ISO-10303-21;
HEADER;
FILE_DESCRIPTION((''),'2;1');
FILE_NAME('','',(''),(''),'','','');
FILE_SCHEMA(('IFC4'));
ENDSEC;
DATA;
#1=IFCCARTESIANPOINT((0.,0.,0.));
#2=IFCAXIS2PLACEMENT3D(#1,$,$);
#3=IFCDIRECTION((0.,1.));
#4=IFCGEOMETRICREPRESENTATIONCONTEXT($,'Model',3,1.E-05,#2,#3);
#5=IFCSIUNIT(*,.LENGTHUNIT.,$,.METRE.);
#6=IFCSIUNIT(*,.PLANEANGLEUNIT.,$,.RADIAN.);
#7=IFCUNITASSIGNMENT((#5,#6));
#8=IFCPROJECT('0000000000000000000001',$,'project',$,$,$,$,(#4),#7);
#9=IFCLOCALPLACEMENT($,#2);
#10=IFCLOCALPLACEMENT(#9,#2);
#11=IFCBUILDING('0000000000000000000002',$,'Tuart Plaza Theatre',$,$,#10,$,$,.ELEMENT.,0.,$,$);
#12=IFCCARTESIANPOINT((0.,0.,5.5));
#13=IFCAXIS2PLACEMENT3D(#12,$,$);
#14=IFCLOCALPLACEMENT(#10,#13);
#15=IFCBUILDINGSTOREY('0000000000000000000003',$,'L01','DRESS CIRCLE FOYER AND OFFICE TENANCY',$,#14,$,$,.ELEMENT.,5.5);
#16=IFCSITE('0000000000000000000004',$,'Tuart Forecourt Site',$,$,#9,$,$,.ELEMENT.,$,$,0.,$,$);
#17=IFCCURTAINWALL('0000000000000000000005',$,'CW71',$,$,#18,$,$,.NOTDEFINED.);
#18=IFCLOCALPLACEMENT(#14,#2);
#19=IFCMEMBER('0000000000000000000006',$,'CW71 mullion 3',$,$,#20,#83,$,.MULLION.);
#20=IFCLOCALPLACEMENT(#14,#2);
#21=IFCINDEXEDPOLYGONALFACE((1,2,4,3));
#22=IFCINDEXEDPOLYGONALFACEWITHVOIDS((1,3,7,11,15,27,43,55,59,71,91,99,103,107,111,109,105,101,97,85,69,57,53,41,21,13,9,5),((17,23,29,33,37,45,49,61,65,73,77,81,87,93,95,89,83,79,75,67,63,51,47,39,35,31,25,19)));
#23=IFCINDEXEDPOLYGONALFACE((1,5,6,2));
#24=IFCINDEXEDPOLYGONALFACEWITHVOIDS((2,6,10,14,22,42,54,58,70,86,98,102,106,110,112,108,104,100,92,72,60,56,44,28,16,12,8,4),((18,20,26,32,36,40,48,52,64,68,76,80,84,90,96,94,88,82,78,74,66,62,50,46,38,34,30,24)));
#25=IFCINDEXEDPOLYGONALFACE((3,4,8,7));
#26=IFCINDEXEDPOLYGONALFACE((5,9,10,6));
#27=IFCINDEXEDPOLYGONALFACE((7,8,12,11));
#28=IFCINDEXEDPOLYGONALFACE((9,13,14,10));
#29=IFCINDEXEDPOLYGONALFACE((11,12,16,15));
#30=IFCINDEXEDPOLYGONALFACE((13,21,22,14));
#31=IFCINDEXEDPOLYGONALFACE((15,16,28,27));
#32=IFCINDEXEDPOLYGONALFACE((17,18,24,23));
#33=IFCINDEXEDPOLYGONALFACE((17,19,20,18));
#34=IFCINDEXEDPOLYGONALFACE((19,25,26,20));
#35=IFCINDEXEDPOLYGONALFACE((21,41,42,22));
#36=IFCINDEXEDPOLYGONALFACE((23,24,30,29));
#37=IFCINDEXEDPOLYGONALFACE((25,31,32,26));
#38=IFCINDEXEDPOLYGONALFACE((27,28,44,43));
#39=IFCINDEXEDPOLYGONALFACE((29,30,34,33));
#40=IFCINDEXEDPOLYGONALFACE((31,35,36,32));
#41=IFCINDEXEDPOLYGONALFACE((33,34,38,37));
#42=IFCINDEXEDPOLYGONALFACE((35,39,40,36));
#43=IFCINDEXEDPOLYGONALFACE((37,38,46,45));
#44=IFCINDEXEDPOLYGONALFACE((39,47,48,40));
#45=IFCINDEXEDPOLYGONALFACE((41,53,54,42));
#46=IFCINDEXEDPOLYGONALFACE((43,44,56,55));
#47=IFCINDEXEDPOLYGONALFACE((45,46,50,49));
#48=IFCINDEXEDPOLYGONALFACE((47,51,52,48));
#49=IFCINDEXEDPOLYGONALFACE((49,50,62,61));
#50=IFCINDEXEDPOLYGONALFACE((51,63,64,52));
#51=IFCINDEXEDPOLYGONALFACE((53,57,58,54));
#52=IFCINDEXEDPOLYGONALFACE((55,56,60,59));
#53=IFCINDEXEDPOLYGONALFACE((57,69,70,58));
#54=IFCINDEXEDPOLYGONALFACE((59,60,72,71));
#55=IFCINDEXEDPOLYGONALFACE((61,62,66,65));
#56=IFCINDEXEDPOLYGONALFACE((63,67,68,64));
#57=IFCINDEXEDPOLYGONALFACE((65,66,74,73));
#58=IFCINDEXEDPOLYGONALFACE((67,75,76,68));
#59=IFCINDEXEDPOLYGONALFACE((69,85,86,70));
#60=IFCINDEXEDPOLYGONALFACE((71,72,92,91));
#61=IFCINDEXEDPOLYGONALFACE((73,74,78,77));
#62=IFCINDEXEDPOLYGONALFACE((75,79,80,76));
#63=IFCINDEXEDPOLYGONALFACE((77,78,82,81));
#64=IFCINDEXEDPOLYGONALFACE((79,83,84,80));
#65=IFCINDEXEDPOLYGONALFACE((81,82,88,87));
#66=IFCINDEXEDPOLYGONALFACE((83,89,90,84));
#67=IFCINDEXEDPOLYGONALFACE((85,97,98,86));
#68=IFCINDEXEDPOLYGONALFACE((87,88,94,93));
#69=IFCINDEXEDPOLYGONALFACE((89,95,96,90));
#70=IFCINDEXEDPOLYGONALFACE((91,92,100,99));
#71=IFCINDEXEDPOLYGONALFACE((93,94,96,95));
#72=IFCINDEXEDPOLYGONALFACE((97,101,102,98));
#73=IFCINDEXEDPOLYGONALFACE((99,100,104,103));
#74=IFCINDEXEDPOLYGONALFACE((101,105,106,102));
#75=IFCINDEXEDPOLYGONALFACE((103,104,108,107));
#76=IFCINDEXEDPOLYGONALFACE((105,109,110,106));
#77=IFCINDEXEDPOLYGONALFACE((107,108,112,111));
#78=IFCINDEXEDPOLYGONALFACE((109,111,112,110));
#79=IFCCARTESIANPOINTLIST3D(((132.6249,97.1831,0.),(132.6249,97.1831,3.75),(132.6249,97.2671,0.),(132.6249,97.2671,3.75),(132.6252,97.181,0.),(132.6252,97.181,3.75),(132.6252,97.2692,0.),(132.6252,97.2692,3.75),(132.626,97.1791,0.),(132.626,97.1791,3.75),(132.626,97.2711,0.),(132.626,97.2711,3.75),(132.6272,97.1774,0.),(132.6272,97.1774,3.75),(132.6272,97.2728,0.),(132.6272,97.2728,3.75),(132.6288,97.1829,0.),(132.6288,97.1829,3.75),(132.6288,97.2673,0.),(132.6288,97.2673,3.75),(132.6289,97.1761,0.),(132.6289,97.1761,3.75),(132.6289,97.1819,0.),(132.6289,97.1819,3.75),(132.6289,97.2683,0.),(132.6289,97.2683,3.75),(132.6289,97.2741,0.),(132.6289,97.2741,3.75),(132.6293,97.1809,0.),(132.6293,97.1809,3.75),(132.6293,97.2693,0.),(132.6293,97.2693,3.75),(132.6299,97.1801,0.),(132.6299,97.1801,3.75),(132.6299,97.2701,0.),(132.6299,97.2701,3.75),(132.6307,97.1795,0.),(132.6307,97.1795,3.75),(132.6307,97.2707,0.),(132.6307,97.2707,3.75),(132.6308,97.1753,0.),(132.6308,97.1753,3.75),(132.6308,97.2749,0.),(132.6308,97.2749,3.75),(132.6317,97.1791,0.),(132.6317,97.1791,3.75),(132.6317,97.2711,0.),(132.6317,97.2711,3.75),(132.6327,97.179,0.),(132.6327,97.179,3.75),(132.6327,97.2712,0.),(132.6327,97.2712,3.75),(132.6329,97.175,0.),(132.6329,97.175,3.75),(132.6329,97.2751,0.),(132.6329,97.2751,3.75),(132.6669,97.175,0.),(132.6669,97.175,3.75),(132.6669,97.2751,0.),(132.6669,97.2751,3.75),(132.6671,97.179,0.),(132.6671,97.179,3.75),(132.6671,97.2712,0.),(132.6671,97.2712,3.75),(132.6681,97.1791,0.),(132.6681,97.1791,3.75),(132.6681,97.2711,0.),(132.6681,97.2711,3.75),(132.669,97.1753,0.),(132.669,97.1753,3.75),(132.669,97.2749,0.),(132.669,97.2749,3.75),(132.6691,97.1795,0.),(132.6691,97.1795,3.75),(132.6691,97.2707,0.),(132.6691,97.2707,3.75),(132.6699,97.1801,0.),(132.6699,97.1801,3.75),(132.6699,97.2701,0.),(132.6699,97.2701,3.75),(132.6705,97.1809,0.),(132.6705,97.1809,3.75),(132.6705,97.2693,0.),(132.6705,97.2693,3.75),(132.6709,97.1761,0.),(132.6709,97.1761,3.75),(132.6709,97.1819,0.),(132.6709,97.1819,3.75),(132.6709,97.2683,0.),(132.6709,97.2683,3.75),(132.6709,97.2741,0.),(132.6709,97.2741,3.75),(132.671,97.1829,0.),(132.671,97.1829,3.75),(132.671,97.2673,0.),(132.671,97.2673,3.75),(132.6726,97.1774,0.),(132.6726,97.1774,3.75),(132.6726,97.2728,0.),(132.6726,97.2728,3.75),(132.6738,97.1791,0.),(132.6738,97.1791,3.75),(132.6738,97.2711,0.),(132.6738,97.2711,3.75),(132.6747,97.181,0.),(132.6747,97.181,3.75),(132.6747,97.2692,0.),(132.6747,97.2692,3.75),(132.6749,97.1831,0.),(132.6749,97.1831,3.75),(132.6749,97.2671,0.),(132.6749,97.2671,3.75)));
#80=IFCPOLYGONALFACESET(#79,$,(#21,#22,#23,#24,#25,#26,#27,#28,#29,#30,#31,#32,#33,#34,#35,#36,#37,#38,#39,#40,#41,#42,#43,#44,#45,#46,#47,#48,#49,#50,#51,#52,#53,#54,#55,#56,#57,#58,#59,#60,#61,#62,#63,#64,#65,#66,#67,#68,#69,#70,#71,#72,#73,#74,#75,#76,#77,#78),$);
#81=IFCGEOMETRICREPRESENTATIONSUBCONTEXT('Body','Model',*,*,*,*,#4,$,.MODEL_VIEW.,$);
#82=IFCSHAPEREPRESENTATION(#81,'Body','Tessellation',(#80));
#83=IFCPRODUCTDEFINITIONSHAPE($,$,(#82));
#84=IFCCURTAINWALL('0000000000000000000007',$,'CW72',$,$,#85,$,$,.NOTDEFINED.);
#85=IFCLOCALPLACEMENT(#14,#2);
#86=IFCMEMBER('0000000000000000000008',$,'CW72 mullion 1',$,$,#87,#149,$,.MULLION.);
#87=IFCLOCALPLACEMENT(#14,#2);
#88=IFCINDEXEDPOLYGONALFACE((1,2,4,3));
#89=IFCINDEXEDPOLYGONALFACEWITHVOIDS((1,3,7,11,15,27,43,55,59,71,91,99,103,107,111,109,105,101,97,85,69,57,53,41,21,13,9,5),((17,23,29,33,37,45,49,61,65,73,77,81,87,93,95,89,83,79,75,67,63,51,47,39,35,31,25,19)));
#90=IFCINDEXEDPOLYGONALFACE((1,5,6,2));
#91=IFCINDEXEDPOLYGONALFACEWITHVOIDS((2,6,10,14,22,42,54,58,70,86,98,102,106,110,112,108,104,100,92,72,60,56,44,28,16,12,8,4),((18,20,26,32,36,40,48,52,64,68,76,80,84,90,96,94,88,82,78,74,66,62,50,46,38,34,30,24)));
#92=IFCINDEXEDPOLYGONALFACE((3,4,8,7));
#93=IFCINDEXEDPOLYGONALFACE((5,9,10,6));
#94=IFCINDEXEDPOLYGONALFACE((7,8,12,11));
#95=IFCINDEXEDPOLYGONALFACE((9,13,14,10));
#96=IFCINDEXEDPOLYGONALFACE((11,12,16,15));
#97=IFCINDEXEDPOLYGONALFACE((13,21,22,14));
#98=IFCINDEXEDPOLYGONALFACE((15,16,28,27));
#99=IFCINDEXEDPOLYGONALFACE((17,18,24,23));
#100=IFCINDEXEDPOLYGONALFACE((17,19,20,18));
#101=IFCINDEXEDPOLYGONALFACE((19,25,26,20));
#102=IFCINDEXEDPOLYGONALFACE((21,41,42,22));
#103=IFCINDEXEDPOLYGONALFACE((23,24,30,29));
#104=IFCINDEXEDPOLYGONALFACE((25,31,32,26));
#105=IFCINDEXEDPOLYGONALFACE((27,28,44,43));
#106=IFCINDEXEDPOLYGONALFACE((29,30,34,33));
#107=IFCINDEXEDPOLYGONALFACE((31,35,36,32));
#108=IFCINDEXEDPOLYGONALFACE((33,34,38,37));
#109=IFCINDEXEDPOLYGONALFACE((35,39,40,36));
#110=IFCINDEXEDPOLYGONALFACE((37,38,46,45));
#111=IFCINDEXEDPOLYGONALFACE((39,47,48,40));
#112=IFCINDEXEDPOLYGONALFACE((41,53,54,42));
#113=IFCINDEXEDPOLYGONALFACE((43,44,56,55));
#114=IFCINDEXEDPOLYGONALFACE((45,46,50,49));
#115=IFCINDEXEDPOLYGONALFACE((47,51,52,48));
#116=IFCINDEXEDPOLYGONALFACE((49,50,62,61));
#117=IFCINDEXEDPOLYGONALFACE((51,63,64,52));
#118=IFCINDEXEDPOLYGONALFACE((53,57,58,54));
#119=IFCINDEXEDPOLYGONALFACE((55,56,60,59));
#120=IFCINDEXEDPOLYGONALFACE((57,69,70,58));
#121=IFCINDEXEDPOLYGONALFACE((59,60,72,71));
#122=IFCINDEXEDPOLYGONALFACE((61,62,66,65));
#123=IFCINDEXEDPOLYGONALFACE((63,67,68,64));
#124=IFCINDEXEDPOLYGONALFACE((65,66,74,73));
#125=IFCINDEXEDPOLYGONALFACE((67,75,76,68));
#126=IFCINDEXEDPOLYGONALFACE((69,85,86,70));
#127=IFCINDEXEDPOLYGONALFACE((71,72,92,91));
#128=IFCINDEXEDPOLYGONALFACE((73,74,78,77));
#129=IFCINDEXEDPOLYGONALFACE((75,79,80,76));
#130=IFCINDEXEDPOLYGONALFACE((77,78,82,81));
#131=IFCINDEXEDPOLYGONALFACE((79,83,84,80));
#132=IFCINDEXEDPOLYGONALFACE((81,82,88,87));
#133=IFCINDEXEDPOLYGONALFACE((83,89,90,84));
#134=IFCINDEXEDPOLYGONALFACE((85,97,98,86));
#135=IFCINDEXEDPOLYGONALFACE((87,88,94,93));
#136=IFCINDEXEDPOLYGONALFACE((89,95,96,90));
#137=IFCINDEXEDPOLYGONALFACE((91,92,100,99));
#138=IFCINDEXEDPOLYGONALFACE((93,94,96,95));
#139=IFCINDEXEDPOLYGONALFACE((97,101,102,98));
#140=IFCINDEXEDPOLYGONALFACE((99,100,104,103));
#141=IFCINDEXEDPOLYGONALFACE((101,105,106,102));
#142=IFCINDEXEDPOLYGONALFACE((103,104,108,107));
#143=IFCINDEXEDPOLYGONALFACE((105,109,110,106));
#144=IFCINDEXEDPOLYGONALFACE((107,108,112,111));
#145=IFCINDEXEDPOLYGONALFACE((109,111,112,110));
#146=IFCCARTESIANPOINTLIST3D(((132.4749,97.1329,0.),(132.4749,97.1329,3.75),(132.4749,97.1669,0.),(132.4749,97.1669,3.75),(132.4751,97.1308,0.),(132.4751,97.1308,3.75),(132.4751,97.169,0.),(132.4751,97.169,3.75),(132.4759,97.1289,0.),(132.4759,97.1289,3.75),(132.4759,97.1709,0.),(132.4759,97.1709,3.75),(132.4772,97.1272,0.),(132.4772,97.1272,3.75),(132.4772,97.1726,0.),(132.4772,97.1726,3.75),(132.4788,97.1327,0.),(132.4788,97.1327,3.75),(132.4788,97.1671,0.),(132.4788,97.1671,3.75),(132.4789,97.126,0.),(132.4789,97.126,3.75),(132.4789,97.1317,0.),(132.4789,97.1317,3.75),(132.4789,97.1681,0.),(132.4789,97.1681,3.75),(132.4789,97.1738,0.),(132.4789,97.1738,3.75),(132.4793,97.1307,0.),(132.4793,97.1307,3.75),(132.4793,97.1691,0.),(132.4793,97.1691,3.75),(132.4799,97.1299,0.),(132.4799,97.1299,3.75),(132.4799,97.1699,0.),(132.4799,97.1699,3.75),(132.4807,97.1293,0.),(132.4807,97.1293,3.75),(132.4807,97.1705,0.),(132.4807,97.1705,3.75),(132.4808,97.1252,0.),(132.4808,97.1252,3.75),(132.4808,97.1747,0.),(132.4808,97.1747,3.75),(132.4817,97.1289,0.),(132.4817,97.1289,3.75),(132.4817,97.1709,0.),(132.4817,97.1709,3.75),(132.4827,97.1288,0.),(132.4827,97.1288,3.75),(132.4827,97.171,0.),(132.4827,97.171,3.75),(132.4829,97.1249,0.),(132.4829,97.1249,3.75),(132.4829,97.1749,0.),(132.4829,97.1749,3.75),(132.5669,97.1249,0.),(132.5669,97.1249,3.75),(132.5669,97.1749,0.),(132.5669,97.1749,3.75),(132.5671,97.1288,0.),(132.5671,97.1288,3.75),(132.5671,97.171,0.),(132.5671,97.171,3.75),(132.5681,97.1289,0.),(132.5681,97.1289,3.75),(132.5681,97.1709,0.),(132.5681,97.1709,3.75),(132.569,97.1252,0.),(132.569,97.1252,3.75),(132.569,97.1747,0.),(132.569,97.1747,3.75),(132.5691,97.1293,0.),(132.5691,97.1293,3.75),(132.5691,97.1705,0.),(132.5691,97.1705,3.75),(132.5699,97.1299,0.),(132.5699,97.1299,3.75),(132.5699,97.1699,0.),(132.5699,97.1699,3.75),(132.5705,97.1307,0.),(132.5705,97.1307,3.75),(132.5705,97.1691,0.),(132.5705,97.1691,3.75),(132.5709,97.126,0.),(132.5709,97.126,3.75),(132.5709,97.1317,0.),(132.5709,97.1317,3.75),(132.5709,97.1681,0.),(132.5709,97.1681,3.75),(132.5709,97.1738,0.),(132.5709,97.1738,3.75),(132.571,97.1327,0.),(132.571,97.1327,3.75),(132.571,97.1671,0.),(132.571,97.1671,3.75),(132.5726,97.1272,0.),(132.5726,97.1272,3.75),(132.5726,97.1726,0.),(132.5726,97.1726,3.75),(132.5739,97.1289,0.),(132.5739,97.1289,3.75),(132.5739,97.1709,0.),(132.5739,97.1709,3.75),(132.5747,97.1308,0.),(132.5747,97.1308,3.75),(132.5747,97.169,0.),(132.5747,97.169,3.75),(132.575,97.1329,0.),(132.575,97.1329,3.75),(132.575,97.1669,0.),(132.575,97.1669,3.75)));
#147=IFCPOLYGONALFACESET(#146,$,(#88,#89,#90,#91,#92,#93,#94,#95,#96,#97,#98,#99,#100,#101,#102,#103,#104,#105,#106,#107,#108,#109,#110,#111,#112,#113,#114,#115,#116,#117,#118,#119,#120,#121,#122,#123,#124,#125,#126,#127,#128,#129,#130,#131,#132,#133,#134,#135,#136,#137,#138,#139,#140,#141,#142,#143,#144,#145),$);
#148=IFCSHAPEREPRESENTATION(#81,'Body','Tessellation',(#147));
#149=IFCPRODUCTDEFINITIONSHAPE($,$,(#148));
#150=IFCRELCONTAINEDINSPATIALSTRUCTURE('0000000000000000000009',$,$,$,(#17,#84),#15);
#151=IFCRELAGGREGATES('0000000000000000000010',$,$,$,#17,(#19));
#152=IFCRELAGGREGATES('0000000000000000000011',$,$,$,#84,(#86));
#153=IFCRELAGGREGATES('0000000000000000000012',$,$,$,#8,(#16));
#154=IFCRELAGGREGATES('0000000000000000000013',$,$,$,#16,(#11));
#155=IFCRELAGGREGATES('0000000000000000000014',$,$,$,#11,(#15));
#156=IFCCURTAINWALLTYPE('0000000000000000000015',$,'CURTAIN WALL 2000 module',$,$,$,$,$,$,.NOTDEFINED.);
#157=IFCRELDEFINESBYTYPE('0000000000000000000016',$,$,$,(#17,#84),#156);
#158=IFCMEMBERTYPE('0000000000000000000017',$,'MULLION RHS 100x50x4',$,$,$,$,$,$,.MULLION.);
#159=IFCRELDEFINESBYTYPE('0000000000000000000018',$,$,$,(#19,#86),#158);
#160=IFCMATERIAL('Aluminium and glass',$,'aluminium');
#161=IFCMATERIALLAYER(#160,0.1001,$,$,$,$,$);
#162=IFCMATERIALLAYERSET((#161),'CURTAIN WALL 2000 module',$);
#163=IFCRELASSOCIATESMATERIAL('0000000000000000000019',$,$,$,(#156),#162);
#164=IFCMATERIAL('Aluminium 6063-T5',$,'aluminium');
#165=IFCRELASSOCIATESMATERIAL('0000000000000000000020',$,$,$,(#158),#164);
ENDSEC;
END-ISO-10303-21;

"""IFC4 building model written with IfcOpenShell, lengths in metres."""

from ifc_helpers import new_model, si_unit, direction, frame, origin, origin_2d, place, context, subcontext, project, spatial, hollow_rectangle, extrude, material, layer, layer_set, material_profile, profile_set, type_object, element, aggregate, save


model = new_model("IFC4")

# Units and contexts
model_context = context("Model", 3, precision=1e-05, world=origin(), true_north=direction((0.0, 1.0)))
body_context = subcontext(model_context, "Body", "Model", "MODEL_VIEW")
ifc_project = project(units=[si_unit("LENGTHUNIT", "METRE"), si_unit("PLANEANGLEUNIT", "RADIAN")], contexts=[model_context])

# Site, building, storey
site_placement = place(None, origin())
site = spatial("IfcSite", under=ifc_project, at=site_placement, Name="Tuart Forecourt Site", CompositionType="ELEMENT", RefElevation=0.0)
building_placement = place(site_placement, origin())
building = spatial("IfcBuilding", under=site, at=building_placement, Name="Tuart Plaza Theatre", CompositionType="ELEMENT", ElevationOfRefHeight=0.0)
storey_placement = place(building_placement, frame((0.0, 0.0, 5.5)))
storey = spatial("IfcBuildingStorey", under=building, at=storey_placement, Name="L01", Description="DRESS CIRCLE FOYER AND OFFICE TENANCY", CompositionType="ELEMENT", Elevation=5.5)

# Curtain wall, member
ifc_material_1 = material(Name="Aluminium and glass", Category="aluminium")
ifc_layer_1 = layer(ifc_material_1, 0.1001)
ifc_layer_set_1 = layer_set([ifc_layer_1], Name="CURTAIN WALL 2000 module")
curtain_wall_type = type_object("IfcCurtainWallType", Name="CURTAIN WALL 2000 module", PredefinedType="NOTDEFINED", material=ifc_layer_set_1)
curtain_wall_1_placement = place(storey_placement, origin())
curtain_wall_1 = element("IfcCurtainWall", 1, at=curtain_wall_1_placement, inside=storey, type_object=curtain_wall_type, Name="CW71", PredefinedType="NOTDEFINED")
ifc_material_2 = material(Name="Aluminium 6063-T5", Category="aluminium")
ifc_material_profile_1 = material_profile(ifc_material_2, hollow_rectangle(XDim=0.05, YDim=0.1001, WallThickness=0.0039, InnerFilletRadius=0.0039, OuterFilletRadius=0.0081, at=origin_2d()), Name="RHS 100x50x4")
ifc_profile_set_1 = profile_set([ifc_material_profile_1], Name="Aluminium 6063-T5")
member_type_1 = type_object("IfcMemberType", Name="MULLION RHS 100x50x4", PredefinedType="MULLION", material=ifc_profile_set_1)
member_1_placement = place(storey_placement, frame((132.6499, 97.2251, 0.0), z_axis=(0.0, 0.0, 1.0), x_axis=(-1.0, 0.0, 0.0)))
member_1 = element("IfcMember", 2, at=member_1_placement, type_object=member_type_1, Name="CW71 mullion 3", PredefinedType="MULLION", context=body_context, shape_type="SweptSolid", body=[
    extrude(hollow_rectangle(XDim=0.05, YDim=0.1001, WallThickness=0.0039, InnerFilletRadius=0.0039, OuterFilletRadius=0.0081, at=origin_2d()), origin(), (0.0, 0.0, 1.0), 3.75),
])

# Curtain wall, member
curtain_wall_2_placement = place(storey_placement, origin())
curtain_wall_2 = element("IfcCurtainWall", 3, at=curtain_wall_2_placement, inside=storey, type_object=curtain_wall_type, Name="CW72", PredefinedType="NOTDEFINED")
member_2_placement = place(storey_placement, frame((132.5249, 97.1499, 0.0), z_axis=(0.0, 0.0, 1.0), x_axis=(0.0, -1.0, 0.0)))
member_2 = element("IfcMember", 4, at=member_2_placement, type_object=member_type_1, Name="CW72 mullion 1", PredefinedType="MULLION", context=body_context, shape_type="SweptSolid", body=[
    extrude(hollow_rectangle(XDim=0.05, YDim=0.1001, WallThickness=0.0039, InnerFilletRadius=0.0039, OuterFilletRadius=0.0081, at=origin_2d()), origin(), (0.0, 0.0, 1.0), 3.75),
])

aggregate(curtain_wall_1, [member_1])
aggregate(curtain_wall_2, [member_2])

save(model, "model.ifc")
